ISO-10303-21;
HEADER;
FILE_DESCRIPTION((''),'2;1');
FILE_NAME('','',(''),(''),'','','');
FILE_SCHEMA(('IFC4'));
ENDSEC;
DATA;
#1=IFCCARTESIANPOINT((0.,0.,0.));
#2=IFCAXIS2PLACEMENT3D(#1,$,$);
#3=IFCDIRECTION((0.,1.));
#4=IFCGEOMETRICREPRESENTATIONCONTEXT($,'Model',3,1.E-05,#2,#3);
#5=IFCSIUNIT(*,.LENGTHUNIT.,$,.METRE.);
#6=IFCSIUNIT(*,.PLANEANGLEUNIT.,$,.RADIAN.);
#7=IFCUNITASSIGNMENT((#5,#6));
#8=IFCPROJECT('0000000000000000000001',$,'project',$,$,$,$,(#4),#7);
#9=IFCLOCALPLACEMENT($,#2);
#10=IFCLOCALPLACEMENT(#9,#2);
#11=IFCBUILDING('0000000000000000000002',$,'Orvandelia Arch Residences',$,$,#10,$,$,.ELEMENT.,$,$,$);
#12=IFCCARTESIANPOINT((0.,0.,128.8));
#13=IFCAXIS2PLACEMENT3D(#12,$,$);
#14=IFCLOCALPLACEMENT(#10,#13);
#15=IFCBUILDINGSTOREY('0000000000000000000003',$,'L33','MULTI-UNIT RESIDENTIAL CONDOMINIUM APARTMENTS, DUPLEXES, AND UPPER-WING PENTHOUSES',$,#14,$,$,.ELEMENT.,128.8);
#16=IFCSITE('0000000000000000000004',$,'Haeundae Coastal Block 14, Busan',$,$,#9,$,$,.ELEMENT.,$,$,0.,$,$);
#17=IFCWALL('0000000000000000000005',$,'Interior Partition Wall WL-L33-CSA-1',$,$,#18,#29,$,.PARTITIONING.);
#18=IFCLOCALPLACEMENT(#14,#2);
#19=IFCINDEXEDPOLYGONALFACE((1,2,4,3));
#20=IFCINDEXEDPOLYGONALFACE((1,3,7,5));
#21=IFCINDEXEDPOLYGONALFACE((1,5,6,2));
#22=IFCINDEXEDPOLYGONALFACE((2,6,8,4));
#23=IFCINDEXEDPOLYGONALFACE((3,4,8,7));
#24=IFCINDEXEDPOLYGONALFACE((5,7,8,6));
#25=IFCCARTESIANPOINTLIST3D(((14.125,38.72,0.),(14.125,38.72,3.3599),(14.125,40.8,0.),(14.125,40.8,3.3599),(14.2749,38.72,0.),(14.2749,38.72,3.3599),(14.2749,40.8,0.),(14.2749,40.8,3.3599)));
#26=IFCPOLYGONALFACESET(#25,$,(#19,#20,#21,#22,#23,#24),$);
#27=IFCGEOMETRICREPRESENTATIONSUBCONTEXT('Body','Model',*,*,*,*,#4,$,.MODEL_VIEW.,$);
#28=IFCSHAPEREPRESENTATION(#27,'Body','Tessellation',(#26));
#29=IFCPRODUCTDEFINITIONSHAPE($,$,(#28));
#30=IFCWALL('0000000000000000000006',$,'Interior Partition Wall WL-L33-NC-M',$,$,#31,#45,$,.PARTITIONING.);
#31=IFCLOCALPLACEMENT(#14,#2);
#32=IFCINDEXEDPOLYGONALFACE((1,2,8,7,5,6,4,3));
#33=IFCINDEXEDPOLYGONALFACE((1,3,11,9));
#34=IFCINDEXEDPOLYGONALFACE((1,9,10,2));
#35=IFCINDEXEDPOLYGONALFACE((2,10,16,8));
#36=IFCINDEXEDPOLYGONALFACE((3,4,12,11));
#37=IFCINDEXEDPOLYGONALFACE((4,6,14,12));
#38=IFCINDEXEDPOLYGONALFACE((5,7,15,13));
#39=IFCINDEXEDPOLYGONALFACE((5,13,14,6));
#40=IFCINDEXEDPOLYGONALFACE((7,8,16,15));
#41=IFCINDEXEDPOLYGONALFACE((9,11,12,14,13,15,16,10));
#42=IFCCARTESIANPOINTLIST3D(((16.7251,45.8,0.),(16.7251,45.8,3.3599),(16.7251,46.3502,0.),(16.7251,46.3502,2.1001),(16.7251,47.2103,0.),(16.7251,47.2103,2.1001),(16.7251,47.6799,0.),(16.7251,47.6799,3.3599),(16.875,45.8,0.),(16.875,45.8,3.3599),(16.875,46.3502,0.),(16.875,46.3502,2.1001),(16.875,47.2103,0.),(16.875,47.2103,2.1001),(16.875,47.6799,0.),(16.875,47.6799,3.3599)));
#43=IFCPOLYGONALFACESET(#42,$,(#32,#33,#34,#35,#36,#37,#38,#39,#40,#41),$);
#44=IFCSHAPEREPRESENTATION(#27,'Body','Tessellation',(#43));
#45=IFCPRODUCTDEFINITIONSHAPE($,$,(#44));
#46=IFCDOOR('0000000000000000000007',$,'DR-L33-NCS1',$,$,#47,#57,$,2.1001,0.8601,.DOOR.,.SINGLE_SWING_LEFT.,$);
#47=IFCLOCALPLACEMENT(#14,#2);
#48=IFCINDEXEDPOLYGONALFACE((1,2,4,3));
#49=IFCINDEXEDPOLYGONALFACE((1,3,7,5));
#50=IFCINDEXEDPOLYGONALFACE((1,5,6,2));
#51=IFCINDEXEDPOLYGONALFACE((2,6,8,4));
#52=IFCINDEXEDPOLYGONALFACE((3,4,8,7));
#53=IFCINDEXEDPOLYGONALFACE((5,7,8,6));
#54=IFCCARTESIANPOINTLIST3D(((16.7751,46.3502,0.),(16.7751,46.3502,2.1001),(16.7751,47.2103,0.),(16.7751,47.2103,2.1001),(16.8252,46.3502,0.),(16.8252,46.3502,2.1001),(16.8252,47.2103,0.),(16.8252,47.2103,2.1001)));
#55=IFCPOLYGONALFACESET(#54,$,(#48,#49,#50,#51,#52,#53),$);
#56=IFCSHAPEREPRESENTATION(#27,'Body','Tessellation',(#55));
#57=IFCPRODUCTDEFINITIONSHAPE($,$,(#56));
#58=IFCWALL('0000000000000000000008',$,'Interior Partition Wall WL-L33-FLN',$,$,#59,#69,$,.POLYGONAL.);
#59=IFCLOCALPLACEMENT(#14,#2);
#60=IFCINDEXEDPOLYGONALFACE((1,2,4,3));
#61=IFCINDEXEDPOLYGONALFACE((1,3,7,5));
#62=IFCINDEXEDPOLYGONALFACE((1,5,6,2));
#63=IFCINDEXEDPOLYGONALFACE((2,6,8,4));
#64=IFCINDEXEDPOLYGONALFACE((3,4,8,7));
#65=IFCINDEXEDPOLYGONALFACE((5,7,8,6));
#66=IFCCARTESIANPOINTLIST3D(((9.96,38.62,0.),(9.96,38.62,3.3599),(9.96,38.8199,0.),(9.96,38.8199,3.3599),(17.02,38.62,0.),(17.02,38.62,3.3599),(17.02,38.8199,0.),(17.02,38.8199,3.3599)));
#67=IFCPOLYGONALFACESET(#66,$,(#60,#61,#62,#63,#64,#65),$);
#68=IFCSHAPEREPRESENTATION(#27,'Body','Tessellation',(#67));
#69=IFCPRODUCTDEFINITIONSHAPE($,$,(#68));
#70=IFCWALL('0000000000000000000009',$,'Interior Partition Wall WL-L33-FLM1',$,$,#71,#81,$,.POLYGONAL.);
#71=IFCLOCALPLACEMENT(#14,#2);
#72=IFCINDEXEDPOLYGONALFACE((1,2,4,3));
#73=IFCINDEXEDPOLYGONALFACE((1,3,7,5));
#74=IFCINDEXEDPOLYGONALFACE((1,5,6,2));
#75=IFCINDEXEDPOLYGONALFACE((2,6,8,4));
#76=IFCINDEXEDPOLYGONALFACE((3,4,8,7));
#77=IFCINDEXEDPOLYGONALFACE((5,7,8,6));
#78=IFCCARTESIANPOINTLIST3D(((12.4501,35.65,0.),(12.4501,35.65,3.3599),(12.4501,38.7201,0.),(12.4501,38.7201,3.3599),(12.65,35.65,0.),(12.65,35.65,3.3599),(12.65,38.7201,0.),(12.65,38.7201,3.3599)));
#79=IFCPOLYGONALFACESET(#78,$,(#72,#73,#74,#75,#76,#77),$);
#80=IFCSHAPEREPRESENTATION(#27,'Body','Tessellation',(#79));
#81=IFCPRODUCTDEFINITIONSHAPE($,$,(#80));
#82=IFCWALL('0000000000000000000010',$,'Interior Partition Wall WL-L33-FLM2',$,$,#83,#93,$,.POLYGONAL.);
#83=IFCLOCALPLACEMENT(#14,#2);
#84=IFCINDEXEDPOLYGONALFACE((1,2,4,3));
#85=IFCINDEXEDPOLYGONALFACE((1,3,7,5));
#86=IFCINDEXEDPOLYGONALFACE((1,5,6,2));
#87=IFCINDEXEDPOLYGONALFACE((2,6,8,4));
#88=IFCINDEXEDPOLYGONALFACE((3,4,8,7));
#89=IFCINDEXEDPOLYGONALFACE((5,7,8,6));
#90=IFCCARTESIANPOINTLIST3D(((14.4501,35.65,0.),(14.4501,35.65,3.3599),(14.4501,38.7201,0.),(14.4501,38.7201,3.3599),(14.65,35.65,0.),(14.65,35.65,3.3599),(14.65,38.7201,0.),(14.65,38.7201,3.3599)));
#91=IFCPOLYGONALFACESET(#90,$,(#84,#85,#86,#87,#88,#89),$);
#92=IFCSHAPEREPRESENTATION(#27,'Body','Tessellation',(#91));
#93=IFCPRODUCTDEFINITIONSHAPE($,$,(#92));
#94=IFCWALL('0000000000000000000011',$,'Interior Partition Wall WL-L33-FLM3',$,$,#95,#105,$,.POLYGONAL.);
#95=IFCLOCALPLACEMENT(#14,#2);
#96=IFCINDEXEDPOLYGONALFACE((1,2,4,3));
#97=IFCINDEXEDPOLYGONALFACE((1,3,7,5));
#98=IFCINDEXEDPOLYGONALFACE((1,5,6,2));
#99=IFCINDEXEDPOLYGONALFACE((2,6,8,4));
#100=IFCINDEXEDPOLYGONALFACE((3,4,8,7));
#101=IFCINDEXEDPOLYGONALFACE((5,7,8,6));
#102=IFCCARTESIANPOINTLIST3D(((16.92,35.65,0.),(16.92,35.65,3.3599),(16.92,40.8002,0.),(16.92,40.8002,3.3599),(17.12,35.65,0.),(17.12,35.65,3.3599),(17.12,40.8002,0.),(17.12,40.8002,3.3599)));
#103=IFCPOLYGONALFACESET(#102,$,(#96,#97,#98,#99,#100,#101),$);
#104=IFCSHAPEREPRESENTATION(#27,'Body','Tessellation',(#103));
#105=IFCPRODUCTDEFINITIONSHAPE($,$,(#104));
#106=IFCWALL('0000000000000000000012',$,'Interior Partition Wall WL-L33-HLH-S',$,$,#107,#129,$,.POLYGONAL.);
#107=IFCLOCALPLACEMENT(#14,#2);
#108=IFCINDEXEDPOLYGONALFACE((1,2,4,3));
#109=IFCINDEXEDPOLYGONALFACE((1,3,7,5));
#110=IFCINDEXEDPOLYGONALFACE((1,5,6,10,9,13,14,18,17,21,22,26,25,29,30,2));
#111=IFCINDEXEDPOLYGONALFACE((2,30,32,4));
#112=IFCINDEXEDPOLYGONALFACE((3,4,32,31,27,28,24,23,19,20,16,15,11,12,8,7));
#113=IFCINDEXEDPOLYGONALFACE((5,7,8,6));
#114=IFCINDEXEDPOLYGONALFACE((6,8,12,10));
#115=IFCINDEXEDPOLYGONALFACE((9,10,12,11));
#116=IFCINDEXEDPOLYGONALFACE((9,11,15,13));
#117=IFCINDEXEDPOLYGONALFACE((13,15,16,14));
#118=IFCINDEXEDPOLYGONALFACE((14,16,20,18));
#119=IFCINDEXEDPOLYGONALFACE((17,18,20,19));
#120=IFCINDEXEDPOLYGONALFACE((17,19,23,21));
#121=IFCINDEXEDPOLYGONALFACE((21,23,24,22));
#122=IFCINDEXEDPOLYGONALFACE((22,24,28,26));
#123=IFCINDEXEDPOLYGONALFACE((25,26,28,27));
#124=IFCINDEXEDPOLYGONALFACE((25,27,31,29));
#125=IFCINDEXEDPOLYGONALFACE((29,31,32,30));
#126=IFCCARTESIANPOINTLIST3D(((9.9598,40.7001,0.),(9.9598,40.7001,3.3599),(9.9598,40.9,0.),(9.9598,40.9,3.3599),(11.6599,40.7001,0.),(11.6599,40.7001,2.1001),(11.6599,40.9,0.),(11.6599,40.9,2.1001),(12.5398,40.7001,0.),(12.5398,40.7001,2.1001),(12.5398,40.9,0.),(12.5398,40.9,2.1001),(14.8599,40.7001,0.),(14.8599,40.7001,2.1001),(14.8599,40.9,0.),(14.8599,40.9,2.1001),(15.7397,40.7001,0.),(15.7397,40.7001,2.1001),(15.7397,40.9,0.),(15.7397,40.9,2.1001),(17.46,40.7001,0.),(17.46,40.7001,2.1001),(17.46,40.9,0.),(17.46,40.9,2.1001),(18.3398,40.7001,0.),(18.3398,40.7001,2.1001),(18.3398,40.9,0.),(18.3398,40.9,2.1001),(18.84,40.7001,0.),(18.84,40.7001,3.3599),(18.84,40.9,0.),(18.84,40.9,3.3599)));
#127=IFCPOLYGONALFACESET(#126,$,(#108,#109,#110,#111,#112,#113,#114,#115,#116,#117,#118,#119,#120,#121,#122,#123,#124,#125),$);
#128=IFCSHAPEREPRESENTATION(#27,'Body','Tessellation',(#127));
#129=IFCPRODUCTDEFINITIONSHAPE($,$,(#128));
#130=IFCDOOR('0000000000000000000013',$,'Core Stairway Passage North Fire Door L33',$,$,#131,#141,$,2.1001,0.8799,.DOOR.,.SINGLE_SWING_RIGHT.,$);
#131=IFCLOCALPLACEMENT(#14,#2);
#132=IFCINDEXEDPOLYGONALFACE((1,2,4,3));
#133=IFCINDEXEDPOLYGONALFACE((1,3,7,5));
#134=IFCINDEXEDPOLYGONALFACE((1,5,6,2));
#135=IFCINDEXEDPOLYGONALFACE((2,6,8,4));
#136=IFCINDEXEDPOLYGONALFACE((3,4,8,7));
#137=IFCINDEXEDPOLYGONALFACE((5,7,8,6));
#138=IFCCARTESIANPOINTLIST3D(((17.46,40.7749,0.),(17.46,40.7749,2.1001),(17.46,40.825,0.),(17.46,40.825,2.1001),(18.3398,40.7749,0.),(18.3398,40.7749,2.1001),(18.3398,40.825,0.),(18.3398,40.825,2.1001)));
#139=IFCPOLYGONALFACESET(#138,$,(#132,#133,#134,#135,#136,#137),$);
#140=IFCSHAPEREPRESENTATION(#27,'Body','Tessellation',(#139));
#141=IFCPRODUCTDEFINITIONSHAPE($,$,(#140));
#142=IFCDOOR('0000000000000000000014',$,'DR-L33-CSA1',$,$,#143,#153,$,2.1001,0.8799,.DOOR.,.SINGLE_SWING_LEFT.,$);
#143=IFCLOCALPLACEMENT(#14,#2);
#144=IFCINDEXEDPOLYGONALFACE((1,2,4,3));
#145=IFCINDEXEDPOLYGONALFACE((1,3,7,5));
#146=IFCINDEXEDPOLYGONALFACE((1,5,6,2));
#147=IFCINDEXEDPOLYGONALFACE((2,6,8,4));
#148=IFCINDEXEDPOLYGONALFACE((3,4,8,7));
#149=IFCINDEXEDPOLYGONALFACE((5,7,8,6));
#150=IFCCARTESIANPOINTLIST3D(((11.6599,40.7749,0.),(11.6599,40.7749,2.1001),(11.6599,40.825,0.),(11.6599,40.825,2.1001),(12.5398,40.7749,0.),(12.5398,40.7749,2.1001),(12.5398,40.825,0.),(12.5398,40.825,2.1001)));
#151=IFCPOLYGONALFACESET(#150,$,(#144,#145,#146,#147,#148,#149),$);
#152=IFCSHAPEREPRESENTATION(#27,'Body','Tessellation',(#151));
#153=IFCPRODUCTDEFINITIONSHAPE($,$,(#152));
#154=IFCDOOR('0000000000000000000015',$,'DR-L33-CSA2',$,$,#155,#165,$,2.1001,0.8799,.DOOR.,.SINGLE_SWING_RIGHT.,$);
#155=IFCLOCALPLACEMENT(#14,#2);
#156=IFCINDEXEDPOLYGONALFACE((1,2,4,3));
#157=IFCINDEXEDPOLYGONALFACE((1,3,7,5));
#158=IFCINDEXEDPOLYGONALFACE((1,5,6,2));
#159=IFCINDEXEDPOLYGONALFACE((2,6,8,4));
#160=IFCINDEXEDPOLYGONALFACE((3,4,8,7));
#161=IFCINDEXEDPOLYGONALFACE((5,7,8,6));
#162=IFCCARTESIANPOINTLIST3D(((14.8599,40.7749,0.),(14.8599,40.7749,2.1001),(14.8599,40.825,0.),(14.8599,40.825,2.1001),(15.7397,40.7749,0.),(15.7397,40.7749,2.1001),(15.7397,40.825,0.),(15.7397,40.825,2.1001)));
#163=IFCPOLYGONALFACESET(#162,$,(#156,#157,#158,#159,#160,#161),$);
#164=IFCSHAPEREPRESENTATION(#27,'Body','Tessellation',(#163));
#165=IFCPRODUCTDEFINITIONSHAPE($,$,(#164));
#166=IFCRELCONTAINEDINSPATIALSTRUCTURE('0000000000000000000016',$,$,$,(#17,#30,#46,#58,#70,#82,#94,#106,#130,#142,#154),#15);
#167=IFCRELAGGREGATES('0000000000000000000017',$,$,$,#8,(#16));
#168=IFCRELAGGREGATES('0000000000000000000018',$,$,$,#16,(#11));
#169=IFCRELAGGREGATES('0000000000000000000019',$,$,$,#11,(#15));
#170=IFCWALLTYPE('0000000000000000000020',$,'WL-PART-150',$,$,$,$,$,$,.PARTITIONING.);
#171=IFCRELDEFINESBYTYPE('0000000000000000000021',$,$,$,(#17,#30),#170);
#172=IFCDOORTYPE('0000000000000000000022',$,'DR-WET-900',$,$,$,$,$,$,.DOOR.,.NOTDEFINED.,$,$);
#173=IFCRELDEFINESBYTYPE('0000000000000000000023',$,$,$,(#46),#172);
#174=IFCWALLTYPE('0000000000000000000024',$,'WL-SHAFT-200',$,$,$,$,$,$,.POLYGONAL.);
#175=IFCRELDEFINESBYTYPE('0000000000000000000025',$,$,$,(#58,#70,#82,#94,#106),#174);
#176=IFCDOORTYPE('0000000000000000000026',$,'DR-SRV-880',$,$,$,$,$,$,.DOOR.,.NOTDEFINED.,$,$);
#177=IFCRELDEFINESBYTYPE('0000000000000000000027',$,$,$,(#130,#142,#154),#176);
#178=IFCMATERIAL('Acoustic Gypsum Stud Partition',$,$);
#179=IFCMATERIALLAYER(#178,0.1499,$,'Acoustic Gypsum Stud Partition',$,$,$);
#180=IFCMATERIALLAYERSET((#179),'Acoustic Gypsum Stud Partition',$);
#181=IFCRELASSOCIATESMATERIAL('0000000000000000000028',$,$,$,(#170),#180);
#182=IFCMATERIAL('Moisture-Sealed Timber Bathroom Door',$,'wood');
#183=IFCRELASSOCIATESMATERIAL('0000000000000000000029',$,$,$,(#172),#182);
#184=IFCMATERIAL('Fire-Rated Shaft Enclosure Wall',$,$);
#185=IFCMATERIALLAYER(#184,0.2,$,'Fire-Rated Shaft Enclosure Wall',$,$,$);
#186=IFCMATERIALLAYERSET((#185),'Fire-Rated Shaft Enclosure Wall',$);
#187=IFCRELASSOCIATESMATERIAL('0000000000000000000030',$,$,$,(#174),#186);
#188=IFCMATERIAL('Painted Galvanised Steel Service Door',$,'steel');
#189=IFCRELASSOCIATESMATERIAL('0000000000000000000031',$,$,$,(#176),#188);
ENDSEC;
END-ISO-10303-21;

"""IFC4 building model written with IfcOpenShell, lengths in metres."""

from ifc_helpers import new_model, si_unit, direction, frame, frame_2d, origin, place, context, subcontext, project, spatial, rectangle, extrude, material, layer, layer_set, type_object, element, fill, save


model = new_model("IFC4")

# Units and contexts
model_context = context("Model", 3, precision=1e-05, world=origin(), true_north=direction((0.0, 1.0)))
body_context = subcontext(model_context, "Body", "Model", "MODEL_VIEW")
ifc_project = project(units=[si_unit("LENGTHUNIT", "METRE"), si_unit("PLANEANGLEUNIT", "RADIAN")], contexts=[model_context])

# Site, building, storey
site_placement = place(None, origin())
site = spatial("IfcSite", under=ifc_project, at=site_placement, Name="Haeundae Coastal Block 14, Busan", CompositionType="ELEMENT", RefElevation=0.0)
building_placement = place(site_placement, origin())
building = spatial("IfcBuilding", under=site, at=building_placement, Name="Orvandelia Arch Residences", CompositionType="ELEMENT")
storey_placement = place(building_placement, frame((0.0, 0.0, 128.8)))
storey = spatial("IfcBuildingStorey", under=building, at=storey_placement, Name="L33", Description="MULTI-UNIT RESIDENTIAL CONDOMINIUM APARTMENTS, DUPLEXES, AND UPPER-WING PENTHOUSES", CompositionType="ELEMENT", Elevation=128.8)

# Wall
ifc_material_1 = material(Name="Acoustic Gypsum Stud Partition")
ifc_layer_1 = layer(ifc_material_1, 0.1499, Name="Acoustic Gypsum Stud Partition")
ifc_layer_set_1 = layer_set([ifc_layer_1], Name="Acoustic Gypsum Stud Partition")
wall_type_1 = type_object("IfcWallType", Name="WL-PART-150", PredefinedType="PARTITIONING", material=ifc_layer_set_1)
wall_1_placement = place(storey_placement, frame((14.2, 38.72, 0.0), z_axis=(0.0, 0.0, 1.0), x_axis=(0.0, 1.0, 0.0)))
element("IfcWall", 1, at=wall_1_placement, inside=storey, type_object=wall_type_1, Name="Interior Partition Wall WL-L33-CSA-1", PredefinedType="PARTITIONING", context=body_context, shape_type="SweptSolid", body=[
    extrude(rectangle(XDim=2.0801, YDim=0.1499, at=frame_2d((1.04, 0.0))), origin(), (0.0, 0.0, 1.0), 3.3599),
])

# Wall, opening, door
wall_2_placement = place(storey_placement, frame((16.8, 45.8, 0.0), z_axis=(0.0, 0.0, 1.0), x_axis=(0.0, 1.0, 0.0)))
wall_2 = element("IfcWall", 2, at=wall_2_placement, inside=storey, type_object=wall_type_1, Name="Interior Partition Wall WL-L33-NC-M", PredefinedType="PARTITIONING", context=body_context, shape_type="SweptSolid", body=[
    extrude(rectangle(XDim=1.8799, YDim=0.1499, at=frame_2d((0.9399, 0.0))), origin(), (0.0, 0.0, 1.0), 3.3599),
])
opening_1_placement = place(wall_2_placement, frame((0.55, 0.0, 0.0)))
opening_1 = element("IfcOpeningElement", 3, at=opening_1_placement, cuts=wall_2, PredefinedType="OPENING", context=body_context, shape_type="SweptSolid", body=[
    extrude(rectangle(XDim=0.8601, YDim=2.1001, at=frame_2d((0.4302, 1.05))), frame((0.0, 0.085, 0.0), z_axis=(0.0, -1.0, 0.0), x_axis=(1.0, 0.0, 0.0)), (0.0, 0.0, 1.0), 0.1699),
])
ifc_material_2 = material(Name="Moisture-Sealed Timber Bathroom Door", Category="wood")
door_type_1 = type_object("IfcDoorType", Name="DR-WET-900", OperationType="NOTDEFINED", PredefinedType="DOOR", material=ifc_material_2)
door_1_placement = place(opening_1_placement, origin())
door_1 = element("IfcDoor", 4, at=door_1_placement, inside=storey, type_object=door_type_1, Name="DR-L33-NCS1", OperationType="SINGLE_SWING_LEFT", OverallHeight=2.1001, OverallWidth=0.8601, PredefinedType="DOOR", context=body_context, shape_type="SweptSolid", body=[
    extrude(rectangle(XDim=0.8601, YDim=2.1001, at=frame_2d((0.4302, 1.05))), frame((0.0, 0.0249, 0.0), z_axis=(0.0, -1.0, 0.0), x_axis=(1.0, 0.0, 0.0)), (0.0, 0.0, 1.0), 0.05),
])
fill(opening_1, door_1)

# Walls
ifc_material_3 = material(Name="Fire-Rated Shaft Enclosure Wall")
ifc_layer_2 = layer(ifc_material_3, 0.2, Name="Fire-Rated Shaft Enclosure Wall")
ifc_layer_set_2 = layer_set([ifc_layer_2], Name="Fire-Rated Shaft Enclosure Wall")
wall_type_2 = type_object("IfcWallType", Name="WL-SHAFT-200", PredefinedType="POLYGONAL", material=ifc_layer_set_2)
wall_3_placement = place(storey_placement, frame((9.96, 38.72, 0.0), z_axis=(0.0, 0.0, 1.0), x_axis=(1.0, 0.0, 0.0)))
element("IfcWall", 5, at=wall_3_placement, inside=storey, type_object=wall_type_2, Name="Interior Partition Wall WL-L33-FLN", PredefinedType="POLYGONAL", context=body_context, shape_type="SweptSolid", body=[
    extrude(rectangle(XDim=7.0601, YDim=0.2, at=frame_2d((3.53, 0.0))), origin(), (0.0, 0.0, 1.0), 3.3599),
])
for number, where, z_axis, x_axis, name in (
    (6, (12.55, 35.6499, 0.0), (0.0, 0.0, 1.0), (0.0, 1.0, 0.0), "Interior Partition Wall WL-L33-FLM1"),
    (7, (14.55, 35.6499, 0.0), (0.0, 0.0, 1.0), (0.0, 1.0, 0.0), "Interior Partition Wall WL-L33-FLM2"),
):
    element("IfcWall", number, at=place(storey_placement, frame(where, z_axis=z_axis, x_axis=x_axis)), inside=storey, type_object=wall_type_2, Name=name, PredefinedType="POLYGONAL", context=body_context, shape_type="SweptSolid", body=[
        extrude(rectangle(XDim=3.0701, YDim=0.2, at=frame_2d((1.5352, 0.0))), origin(), (0.0, 0.0, 1.0), 3.3599),
    ])
wall_4_placement = place(storey_placement, frame((17.02, 35.6499, 0.0), z_axis=(0.0, 0.0, 1.0), x_axis=(0.0, 1.0, 0.0)))
element("IfcWall", 8, at=wall_4_placement, inside=storey, type_object=wall_type_2, Name="Interior Partition Wall WL-L33-FLM3", PredefinedType="POLYGONAL", context=body_context, shape_type="SweptSolid", body=[
    extrude(rectangle(XDim=5.1501, YDim=0.2, at=frame_2d((2.5752, 0.0))), origin(), (0.0, 0.0, 1.0), 3.3599),
])

# Wall, openings, doors
wall_5_placement = place(storey_placement, frame((9.96, 40.8, 0.0), z_axis=(0.0, 0.0, 1.0), x_axis=(1.0, 0.0, 0.0)))
wall_5 = element("IfcWall", 9, at=wall_5_placement, inside=storey, type_object=wall_type_2, Name="Interior Partition Wall WL-L33-HLH-S", PredefinedType="POLYGONAL", context=body_context, shape_type="SweptSolid", body=[
    extrude(rectangle(XDim=8.8801, YDim=0.2, at=frame_2d((4.4399, 0.0))), origin(), (0.0, 0.0, 1.0), 3.3599),
])
opening_2_placement = place(wall_5_placement, frame((7.5, 0.0, 0.0)))
opening_2 = element("IfcOpeningElement", 10, at=opening_2_placement, cuts=wall_5, PredefinedType="OPENING", context=body_context, shape_type="SweptSolid", body=[
    extrude(rectangle(XDim=0.8799, YDim=2.1001, at=frame_2d((0.4399, 1.05))), frame((0.0, 0.1099, 0.0), z_axis=(0.0, -1.0, 0.0), x_axis=(1.0, 0.0, 0.0)), (0.0, 0.0, 1.0), 0.22),
])
opening_3_placement = place(wall_5_placement, frame((1.7, 0.0, 0.0)))
opening_3 = element("IfcOpeningElement", 11, at=opening_3_placement, cuts=wall_5, PredefinedType="OPENING", context=body_context, shape_type="SweptSolid", body=[
    extrude(rectangle(XDim=0.8799, YDim=2.1001, at=frame_2d((0.4399, 1.05))), frame((0.0, 0.1099, 0.0), z_axis=(0.0, -1.0, 0.0), x_axis=(1.0, 0.0, 0.0)), (0.0, 0.0, 1.0), 0.22),
])
opening_4_placement = place(wall_5_placement, frame((4.8999, 0.0, 0.0)))
opening_4 = element("IfcOpeningElement", 12, at=opening_4_placement, cuts=wall_5, PredefinedType="OPENING", context=body_context, shape_type="SweptSolid", body=[
    extrude(rectangle(XDim=0.8799, YDim=2.1001, at=frame_2d((0.4399, 1.05))), frame((0.0, 0.1099, 0.0), z_axis=(0.0, -1.0, 0.0), x_axis=(1.0, 0.0, 0.0)), (0.0, 0.0, 1.0), 0.22),
])
ifc_material_4 = material(Name="Painted Galvanised Steel Service Door", Category="steel")
door_type_2 = type_object("IfcDoorType", Name="DR-SRV-880", OperationType="NOTDEFINED", PredefinedType="DOOR", material=ifc_material_4)
door_2_placement = place(opening_2_placement, origin())
door_2 = element("IfcDoor", 13, at=door_2_placement, inside=storey, type_object=door_type_2, Name="Core Stairway Passage North Fire Door L33", OperationType="SINGLE_SWING_RIGHT", OverallHeight=2.1001, OverallWidth=0.8799, PredefinedType="DOOR", context=body_context, shape_type="SweptSolid", body=[
    extrude(rectangle(XDim=0.8799, YDim=2.1001, at=frame_2d((0.4399, 1.05))), frame((0.0, 0.0249, 0.0), z_axis=(0.0, -1.0, 0.0), x_axis=(1.0, 0.0, 0.0)), (0.0, 0.0, 1.0), 0.05),
])
fill(opening_2, door_2)
door_3_placement = place(opening_3_placement, origin())
door_3 = element("IfcDoor", 14, at=door_3_placement, inside=storey, type_object=door_type_2, Name="DR-L33-CSA1", OperationType="SINGLE_SWING_LEFT", OverallHeight=2.1001, OverallWidth=0.8799, PredefinedType="DOOR", context=body_context, shape_type="SweptSolid", body=[
    extrude(rectangle(XDim=0.8799, YDim=2.1001, at=frame_2d((0.4399, 1.05))), frame((0.0, 0.0249, 0.0), z_axis=(0.0, -1.0, 0.0), x_axis=(1.0, 0.0, 0.0)), (0.0, 0.0, 1.0), 0.05),
])
fill(opening_3, door_3)
door_4_placement = place(opening_4_placement, origin())
door_4 = element("IfcDoor", 15, at=door_4_placement, inside=storey, type_object=door_type_2, Name="DR-L33-CSA2", OperationType="SINGLE_SWING_RIGHT", OverallHeight=2.1001, OverallWidth=0.8799, PredefinedType="DOOR", context=body_context, shape_type="SweptSolid", body=[
    extrude(rectangle(XDim=0.8799, YDim=2.1001, at=frame_2d((0.4399, 1.05))), frame((0.0, 0.0249, 0.0), z_axis=(0.0, -1.0, 0.0), x_axis=(1.0, 0.0, 0.0)), (0.0, 0.0, 1.0), 0.05),
])
fill(opening_4, door_4)

save(model, "model.ifc")
